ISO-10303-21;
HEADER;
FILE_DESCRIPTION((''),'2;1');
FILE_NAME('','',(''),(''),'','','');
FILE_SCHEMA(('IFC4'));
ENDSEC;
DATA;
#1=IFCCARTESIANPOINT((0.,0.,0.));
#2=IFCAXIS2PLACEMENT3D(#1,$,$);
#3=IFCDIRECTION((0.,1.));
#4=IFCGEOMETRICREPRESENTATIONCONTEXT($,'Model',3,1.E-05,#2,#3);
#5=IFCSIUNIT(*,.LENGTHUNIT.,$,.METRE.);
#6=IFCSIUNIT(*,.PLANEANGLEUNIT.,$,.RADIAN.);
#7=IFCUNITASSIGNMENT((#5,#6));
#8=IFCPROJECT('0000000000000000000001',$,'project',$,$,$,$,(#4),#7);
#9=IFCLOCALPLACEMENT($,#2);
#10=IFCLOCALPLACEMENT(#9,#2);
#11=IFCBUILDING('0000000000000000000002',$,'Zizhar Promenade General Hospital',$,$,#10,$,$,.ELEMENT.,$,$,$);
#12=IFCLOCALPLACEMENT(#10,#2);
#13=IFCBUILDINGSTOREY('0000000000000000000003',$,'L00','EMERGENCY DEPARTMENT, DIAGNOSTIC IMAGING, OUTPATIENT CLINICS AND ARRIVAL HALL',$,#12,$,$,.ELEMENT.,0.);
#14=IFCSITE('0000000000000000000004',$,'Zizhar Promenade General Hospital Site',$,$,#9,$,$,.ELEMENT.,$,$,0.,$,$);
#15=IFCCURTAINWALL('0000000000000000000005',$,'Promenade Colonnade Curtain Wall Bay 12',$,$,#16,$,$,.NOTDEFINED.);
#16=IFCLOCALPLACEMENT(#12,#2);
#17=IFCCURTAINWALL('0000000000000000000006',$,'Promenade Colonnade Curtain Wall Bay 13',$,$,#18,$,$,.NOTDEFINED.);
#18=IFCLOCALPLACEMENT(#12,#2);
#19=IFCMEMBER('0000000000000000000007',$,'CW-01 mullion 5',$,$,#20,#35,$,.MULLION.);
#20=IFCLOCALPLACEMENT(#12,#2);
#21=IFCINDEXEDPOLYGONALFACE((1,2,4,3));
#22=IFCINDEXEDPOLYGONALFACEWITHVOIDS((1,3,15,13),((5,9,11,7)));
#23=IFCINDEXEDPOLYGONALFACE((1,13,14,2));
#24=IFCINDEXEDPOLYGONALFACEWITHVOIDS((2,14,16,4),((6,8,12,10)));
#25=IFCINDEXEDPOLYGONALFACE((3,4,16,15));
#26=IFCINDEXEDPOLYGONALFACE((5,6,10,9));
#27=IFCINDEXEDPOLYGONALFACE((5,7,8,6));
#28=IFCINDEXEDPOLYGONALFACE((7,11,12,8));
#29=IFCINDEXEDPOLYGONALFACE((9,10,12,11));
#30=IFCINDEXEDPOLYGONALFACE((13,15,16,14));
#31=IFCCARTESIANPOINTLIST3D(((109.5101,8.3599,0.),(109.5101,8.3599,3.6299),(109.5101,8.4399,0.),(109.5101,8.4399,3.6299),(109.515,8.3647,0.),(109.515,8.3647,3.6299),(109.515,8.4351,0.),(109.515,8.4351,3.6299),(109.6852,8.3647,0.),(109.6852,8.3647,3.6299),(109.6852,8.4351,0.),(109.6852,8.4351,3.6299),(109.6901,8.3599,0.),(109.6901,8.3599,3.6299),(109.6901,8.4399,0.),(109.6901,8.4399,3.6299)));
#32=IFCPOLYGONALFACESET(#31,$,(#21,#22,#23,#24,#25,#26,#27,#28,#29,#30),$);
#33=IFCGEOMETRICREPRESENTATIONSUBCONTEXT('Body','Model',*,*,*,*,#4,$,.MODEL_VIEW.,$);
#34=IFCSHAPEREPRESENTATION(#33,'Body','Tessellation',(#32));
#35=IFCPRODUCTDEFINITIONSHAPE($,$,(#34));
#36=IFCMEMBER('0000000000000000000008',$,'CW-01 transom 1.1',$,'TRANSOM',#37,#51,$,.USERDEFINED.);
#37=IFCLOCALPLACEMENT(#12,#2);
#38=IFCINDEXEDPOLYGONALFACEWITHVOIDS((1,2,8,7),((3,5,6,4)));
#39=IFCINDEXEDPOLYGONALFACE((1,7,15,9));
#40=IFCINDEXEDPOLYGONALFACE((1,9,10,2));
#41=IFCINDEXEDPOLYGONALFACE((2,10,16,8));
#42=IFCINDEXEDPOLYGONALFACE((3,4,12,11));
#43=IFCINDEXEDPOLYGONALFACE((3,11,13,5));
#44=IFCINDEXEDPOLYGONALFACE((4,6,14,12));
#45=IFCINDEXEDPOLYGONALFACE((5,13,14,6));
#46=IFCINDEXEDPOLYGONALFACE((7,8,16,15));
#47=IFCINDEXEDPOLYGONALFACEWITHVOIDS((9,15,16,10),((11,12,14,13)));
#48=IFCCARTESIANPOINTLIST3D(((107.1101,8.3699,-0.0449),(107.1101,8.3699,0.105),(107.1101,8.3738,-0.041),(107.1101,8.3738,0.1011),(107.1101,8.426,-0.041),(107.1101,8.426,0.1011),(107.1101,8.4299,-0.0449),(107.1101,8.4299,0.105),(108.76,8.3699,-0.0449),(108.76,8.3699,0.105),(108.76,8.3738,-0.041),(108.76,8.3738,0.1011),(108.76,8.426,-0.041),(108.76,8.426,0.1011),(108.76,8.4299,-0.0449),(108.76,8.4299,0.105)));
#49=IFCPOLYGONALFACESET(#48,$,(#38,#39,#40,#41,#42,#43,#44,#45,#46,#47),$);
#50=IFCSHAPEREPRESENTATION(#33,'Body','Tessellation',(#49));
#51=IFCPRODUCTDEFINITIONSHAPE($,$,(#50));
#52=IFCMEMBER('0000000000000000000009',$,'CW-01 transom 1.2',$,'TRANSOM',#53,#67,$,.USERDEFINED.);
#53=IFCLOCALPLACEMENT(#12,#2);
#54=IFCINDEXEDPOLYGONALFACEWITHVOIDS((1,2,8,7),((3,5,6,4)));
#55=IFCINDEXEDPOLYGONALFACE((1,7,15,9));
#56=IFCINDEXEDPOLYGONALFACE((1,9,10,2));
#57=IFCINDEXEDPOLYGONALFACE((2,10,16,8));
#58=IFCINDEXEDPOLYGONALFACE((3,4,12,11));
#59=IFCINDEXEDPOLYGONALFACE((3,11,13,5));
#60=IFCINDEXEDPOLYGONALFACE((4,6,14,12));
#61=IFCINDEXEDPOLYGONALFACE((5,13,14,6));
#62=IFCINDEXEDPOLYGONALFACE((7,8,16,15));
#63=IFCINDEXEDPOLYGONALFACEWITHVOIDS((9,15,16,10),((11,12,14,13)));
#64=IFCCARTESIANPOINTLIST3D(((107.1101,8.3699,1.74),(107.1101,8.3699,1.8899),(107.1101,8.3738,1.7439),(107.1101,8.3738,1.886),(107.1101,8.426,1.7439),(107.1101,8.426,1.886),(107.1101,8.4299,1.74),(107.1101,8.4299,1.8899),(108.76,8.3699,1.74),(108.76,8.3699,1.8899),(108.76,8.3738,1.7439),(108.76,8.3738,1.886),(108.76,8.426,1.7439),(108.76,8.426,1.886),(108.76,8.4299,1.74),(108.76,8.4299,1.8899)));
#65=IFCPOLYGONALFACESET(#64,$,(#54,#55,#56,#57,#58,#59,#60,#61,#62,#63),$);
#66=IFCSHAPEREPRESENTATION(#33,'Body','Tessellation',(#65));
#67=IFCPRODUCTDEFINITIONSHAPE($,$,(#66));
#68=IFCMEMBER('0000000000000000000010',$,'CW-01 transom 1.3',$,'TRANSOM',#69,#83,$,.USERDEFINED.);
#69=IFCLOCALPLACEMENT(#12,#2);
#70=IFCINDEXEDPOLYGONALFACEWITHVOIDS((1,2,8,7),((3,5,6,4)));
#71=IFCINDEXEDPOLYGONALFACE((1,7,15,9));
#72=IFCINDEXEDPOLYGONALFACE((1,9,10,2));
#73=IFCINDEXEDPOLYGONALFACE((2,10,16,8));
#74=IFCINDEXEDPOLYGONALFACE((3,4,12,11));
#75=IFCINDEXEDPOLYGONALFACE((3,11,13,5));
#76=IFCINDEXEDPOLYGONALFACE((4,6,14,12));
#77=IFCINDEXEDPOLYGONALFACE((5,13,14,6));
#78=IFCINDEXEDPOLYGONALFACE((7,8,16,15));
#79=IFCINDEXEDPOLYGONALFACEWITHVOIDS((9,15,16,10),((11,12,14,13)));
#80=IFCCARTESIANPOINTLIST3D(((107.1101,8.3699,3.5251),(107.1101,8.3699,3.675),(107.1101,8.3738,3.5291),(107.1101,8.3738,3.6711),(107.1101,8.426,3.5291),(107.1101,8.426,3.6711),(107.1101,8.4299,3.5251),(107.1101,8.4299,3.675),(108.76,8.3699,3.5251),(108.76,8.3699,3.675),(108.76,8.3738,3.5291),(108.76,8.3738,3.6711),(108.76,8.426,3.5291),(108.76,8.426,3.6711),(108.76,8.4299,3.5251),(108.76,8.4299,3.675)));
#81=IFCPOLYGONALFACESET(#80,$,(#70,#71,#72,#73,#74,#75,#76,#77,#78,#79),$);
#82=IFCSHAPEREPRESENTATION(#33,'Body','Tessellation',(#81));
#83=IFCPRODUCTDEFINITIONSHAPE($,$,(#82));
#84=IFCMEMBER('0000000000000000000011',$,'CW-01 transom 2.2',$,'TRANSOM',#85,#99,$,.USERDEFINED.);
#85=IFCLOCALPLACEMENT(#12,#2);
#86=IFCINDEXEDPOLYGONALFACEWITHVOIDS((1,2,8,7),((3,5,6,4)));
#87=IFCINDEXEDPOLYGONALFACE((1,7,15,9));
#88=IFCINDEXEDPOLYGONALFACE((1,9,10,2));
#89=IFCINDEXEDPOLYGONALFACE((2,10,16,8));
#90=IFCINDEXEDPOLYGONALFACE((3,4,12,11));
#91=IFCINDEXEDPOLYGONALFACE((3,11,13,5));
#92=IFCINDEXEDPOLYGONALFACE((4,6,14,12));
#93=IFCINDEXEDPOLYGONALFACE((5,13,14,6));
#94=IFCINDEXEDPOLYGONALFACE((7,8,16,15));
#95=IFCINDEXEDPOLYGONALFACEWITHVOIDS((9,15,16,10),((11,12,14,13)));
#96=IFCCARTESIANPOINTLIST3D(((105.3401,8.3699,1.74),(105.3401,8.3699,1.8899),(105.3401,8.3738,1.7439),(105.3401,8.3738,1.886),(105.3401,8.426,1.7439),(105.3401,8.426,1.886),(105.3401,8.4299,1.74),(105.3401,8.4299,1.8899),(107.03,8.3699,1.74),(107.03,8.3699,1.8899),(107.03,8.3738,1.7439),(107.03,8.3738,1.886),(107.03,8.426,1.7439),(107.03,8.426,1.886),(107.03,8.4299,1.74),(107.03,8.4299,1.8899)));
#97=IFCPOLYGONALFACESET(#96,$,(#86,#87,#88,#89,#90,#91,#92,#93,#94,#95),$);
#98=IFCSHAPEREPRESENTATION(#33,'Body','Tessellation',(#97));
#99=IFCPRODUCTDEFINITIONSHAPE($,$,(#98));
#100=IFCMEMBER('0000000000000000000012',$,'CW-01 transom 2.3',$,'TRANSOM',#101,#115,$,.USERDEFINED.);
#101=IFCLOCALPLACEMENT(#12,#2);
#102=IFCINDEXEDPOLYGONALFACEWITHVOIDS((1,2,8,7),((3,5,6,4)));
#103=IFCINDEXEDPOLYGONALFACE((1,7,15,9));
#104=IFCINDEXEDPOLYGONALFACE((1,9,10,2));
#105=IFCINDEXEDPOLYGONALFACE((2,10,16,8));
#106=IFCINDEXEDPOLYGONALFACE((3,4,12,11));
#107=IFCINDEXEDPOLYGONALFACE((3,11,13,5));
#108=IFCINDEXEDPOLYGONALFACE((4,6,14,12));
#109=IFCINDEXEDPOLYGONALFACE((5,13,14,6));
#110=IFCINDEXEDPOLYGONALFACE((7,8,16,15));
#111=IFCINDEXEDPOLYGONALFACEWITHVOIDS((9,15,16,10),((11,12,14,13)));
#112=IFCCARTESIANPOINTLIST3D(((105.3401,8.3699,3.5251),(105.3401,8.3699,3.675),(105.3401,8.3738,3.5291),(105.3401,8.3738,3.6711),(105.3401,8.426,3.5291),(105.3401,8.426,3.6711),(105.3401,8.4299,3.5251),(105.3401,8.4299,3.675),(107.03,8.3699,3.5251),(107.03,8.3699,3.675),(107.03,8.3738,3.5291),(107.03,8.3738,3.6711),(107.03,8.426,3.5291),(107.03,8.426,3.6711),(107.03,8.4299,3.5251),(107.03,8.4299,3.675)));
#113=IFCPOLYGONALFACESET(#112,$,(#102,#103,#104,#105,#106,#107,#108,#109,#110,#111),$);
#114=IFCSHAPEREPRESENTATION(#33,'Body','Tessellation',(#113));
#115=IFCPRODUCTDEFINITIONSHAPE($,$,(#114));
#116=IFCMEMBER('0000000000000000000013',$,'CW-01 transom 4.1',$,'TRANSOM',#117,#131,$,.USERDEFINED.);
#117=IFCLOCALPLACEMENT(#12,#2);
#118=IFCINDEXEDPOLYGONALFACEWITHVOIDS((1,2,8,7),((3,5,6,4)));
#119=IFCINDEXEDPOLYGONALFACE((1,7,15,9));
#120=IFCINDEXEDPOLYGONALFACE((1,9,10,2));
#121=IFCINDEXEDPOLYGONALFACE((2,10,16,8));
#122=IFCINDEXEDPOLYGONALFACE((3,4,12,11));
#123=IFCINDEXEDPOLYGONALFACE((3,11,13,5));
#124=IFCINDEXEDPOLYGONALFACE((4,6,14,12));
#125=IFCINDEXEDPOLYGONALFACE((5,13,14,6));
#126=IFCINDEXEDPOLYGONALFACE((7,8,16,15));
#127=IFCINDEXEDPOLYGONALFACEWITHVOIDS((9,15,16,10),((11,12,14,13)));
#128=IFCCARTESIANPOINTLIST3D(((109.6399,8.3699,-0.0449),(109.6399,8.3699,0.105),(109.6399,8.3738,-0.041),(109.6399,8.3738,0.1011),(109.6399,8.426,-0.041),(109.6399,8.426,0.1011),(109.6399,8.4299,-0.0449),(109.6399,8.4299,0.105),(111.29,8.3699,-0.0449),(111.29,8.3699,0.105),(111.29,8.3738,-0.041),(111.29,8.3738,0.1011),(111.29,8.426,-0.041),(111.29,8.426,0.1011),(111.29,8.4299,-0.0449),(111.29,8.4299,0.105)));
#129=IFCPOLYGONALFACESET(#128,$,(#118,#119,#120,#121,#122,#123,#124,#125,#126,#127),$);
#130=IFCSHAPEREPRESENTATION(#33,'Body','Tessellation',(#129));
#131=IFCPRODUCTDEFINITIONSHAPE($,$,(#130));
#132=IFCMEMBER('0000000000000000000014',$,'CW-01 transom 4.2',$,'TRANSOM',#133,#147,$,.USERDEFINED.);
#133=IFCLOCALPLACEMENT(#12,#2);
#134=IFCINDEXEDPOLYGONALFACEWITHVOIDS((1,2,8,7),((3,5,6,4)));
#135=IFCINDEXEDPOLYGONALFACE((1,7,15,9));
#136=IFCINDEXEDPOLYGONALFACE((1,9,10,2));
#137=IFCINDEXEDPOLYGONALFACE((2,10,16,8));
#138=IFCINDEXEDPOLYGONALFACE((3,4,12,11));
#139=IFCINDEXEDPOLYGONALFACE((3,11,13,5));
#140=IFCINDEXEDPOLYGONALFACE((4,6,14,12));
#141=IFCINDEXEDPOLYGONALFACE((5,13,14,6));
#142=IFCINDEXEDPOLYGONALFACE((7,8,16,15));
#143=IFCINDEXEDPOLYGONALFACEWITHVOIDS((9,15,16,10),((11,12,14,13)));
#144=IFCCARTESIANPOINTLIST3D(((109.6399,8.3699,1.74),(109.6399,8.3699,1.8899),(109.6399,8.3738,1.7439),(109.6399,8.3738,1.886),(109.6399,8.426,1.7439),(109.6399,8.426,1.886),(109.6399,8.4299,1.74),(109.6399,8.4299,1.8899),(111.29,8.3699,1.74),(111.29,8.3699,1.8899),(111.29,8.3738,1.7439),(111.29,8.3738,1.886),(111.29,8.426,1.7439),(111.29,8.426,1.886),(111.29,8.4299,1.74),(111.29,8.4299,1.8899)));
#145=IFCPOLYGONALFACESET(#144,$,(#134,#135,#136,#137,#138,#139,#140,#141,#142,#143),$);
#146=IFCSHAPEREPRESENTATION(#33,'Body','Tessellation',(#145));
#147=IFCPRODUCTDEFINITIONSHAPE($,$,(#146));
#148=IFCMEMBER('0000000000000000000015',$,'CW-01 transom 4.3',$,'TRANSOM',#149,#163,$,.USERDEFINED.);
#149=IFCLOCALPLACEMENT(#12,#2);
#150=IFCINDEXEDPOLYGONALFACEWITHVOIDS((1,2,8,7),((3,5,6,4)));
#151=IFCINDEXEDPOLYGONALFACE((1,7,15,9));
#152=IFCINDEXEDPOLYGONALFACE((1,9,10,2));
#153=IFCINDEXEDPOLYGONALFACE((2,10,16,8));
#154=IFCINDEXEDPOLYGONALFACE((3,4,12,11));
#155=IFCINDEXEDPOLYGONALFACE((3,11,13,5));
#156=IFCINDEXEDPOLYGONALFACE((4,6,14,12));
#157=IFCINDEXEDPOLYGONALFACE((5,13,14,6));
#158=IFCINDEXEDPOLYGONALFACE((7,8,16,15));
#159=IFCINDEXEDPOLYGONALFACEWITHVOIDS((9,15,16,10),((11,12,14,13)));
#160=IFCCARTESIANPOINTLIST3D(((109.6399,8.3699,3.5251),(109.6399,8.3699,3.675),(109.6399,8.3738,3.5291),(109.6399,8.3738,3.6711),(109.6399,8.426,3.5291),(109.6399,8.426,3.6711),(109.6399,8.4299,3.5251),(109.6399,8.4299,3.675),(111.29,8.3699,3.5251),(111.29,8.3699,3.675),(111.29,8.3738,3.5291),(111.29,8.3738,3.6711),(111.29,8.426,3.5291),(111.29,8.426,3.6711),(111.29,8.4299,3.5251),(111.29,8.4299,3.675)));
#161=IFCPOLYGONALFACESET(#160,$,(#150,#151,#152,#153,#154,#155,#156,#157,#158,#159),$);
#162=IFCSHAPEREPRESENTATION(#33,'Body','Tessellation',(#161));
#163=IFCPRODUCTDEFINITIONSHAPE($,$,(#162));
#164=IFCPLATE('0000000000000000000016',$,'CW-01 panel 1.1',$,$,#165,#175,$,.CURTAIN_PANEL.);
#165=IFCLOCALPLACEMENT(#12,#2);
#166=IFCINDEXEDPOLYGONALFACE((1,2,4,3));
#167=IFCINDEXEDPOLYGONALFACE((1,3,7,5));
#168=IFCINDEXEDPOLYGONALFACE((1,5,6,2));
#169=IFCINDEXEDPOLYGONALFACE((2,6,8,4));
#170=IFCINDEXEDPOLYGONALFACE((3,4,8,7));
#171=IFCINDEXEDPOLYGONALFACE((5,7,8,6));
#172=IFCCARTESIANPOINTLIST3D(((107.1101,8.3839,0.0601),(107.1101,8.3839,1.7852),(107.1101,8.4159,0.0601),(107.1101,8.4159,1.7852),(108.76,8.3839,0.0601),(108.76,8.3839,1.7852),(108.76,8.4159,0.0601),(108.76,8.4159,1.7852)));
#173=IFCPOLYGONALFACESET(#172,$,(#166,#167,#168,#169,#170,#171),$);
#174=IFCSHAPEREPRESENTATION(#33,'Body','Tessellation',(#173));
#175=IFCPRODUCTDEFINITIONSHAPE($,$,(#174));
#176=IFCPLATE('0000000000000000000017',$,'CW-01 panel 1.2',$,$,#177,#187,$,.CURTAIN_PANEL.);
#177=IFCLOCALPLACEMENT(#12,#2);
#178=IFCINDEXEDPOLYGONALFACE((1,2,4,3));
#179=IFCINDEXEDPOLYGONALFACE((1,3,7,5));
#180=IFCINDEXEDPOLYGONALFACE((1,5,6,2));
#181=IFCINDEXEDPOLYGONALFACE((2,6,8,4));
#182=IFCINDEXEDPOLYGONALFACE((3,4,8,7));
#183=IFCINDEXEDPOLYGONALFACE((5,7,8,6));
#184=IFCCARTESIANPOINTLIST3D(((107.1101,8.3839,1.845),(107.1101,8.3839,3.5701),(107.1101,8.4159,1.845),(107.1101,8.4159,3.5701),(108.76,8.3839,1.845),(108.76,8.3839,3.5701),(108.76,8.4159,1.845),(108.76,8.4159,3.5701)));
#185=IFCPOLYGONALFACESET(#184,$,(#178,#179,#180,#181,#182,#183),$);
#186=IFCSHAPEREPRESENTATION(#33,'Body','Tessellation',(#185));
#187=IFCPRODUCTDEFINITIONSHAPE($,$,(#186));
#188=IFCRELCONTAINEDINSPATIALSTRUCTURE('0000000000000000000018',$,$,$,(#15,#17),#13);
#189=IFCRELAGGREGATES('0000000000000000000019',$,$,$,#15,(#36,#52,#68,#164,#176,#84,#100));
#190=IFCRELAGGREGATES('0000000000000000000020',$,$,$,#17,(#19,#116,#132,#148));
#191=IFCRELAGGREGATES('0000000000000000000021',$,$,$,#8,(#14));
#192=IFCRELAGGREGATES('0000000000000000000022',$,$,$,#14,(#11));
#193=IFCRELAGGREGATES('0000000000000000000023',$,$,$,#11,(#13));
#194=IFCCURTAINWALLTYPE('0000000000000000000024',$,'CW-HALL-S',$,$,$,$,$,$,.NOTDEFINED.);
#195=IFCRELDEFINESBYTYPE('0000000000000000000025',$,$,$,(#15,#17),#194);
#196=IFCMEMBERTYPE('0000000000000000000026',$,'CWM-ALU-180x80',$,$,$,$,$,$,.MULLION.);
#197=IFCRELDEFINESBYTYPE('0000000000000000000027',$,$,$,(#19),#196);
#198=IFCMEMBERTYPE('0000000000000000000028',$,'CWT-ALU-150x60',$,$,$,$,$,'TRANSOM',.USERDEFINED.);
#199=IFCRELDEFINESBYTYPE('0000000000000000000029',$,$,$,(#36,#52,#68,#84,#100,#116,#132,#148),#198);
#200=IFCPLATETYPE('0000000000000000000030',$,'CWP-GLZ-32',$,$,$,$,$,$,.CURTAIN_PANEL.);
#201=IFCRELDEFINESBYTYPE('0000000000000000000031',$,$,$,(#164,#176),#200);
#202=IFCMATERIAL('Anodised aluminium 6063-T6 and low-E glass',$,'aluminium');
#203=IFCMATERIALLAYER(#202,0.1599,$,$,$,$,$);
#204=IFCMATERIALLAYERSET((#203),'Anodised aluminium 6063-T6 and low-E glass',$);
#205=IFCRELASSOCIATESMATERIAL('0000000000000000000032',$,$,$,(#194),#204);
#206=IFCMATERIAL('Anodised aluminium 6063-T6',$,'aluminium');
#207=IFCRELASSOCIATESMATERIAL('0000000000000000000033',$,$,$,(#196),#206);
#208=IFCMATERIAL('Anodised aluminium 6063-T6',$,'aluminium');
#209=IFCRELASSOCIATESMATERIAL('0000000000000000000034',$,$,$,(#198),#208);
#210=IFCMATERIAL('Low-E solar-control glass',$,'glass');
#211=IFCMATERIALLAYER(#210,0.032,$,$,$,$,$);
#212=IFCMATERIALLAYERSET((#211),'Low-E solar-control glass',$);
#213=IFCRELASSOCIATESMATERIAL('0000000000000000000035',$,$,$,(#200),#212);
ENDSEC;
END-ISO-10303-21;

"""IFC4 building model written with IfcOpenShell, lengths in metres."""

from ifc_helpers import new_model, si_unit, direction, frame, origin, origin_2d, place, context, subcontext, project, spatial, rectangle, hollow_rectangle, extrude, material, layer, layer_set, material_profile, profile_set, type_object, element, aggregate, save


model = new_model("IFC4")

# Units and contexts
model_context = context("Model", 3, precision=1e-05, world=origin(), true_north=direction((0.0, 1.0)))
body_context = subcontext(model_context, "Body", "Model", "MODEL_VIEW")
ifc_project = project(units=[si_unit("LENGTHUNIT", "METRE"), si_unit("PLANEANGLEUNIT", "RADIAN")], contexts=[model_context])

# Site, building, storey
site_placement = place(None, origin())
site = spatial("IfcSite", under=ifc_project, at=site_placement, Name="Zizhar Promenade General Hospital Site", CompositionType="ELEMENT", RefElevation=0.0)
building_placement = place(site_placement, origin())
building = spatial("IfcBuilding", under=site, at=building_placement, Name="Zizhar Promenade General Hospital", CompositionType="ELEMENT")
storey_placement = place(building_placement, origin())
storey = spatial("IfcBuildingStorey", under=building, at=storey_placement, Name="L00", Description="EMERGENCY DEPARTMENT, DIAGNOSTIC IMAGING, OUTPATIENT CLINICS AND ARRIVAL HALL", CompositionType="ELEMENT", Elevation=0.0)

# Curtain walls, member
ifc_material_1 = material(Name="Anodised aluminium 6063-T6 and low-E glass", Category="aluminium")
ifc_layer_1 = layer(ifc_material_1, 0.1599)
ifc_layer_set_1 = layer_set([ifc_layer_1], Name="Anodised aluminium 6063-T6 and low-E glass")
curtain_wall_type = type_object("IfcCurtainWallType", Name="CW-HALL-S", PredefinedType="NOTDEFINED", material=ifc_layer_set_1)
curtain_wall_1_placement = place(storey_placement, origin())
curtain_wall_1 = element("IfcCurtainWall", 1, at=curtain_wall_1_placement, inside=storey, type_object=curtain_wall_type, Name="Promenade Colonnade Curtain Wall Bay 12", PredefinedType="NOTDEFINED")
ifc_material_2 = material(Name="Anodised aluminium 6063-T6", Category="aluminium")
ifc_material_profile_1 = material_profile(ifc_material_2, hollow_rectangle(XDim=0.0801, YDim=0.1799, WallThickness=0.0049, at=origin_2d()))
ifc_profile_set_1 = profile_set([ifc_material_profile_1], Name="Anodised aluminium 6063-T6")
member_type_1 = type_object("IfcMemberType", Name="CWM-ALU-180x80", PredefinedType="MULLION", material=ifc_profile_set_1)
curtain_wall_2_placement = place(storey_placement, origin())
curtain_wall_2 = element("IfcCurtainWall", 2, at=curtain_wall_2_placement, inside=storey, type_object=curtain_wall_type, Name="Promenade Colonnade Curtain Wall Bay 13", PredefinedType="NOTDEFINED")
member_1_placement = place(storey_placement, frame((109.6001, 8.3999, 0.0), z_axis=(0.0, 0.0, 1.0), x_axis=(0.0, -1.0, 0.0)))
member_1 = element("IfcMember", 3, at=member_1_placement, type_object=member_type_1, Name="CW-01 mullion 5", PredefinedType="MULLION", context=body_context, shape_type="SweptSolid", body=[
    extrude(hollow_rectangle(XDim=0.0801, YDim=0.1799, WallThickness=0.0049, at=origin_2d()), origin(), (0.0, 0.0, 1.0), 3.6299),
])

# Members
ifc_material_3 = material(Name="Anodised aluminium 6063-T6", Category="aluminium")
ifc_material_profile_2 = material_profile(ifc_material_3, hollow_rectangle(XDim=0.0601, YDim=0.1499, WallThickness=0.0039, at=origin_2d()))
ifc_profile_set_2 = profile_set([ifc_material_profile_2], Name="Anodised aluminium 6063-T6")
member_type_2 = type_object("IfcMemberType", Name="CWT-ALU-150x60", ElementType="TRANSOM", PredefinedType="USERDEFINED", material=ifc_profile_set_2)
member_2_placement = place(storey_placement, frame((108.76, 8.3999, 0.03), z_axis=(-1.0, 0.0, 0.0), x_axis=(0.0, -1.0, 0.0)))
member_2 = element("IfcMember", 4, at=member_2_placement, type_object=member_type_2, Name="CW-01 transom 1.1", ObjectType="TRANSOM", PredefinedType="USERDEFINED", context=body_context, shape_type="SweptSolid", body=[
    extrude(hollow_rectangle(XDim=0.0601, YDim=0.1499, WallThickness=0.0039, at=origin_2d()), origin(), (0.0, 0.0, 1.0), 1.6499),
])
member_3_placement = place(storey_placement, frame((108.76, 8.3999, 1.8149), z_axis=(-1.0, 0.0, 0.0), x_axis=(0.0, -1.0, 0.0)))
member_3 = element("IfcMember", 5, at=member_3_placement, type_object=member_type_2, Name="CW-01 transom 1.2", ObjectType="TRANSOM", PredefinedType="USERDEFINED", context=body_context, shape_type="SweptSolid", body=[
    extrude(hollow_rectangle(XDim=0.0601, YDim=0.1499, WallThickness=0.0039, at=origin_2d()), origin(), (0.0, 0.0, 1.0), 1.6499),
])
member_4_placement = place(storey_placement, frame((108.76, 8.3999, 3.6001), z_axis=(-1.0, 0.0, 0.0), x_axis=(0.0, -1.0, 0.0)))
member_4 = element("IfcMember", 6, at=member_4_placement, type_object=member_type_2, Name="CW-01 transom 1.3", ObjectType="TRANSOM", PredefinedType="USERDEFINED", context=body_context, shape_type="SweptSolid", body=[
    extrude(hollow_rectangle(XDim=0.0601, YDim=0.1499, WallThickness=0.0039, at=origin_2d()), origin(), (0.0, 0.0, 1.0), 1.6499),
])
member_5_placement = place(storey_placement, frame((107.03, 8.3999, 1.8149), z_axis=(-1.0, 0.0, 0.0), x_axis=(0.0, -1.0, 0.0)))
member_5 = element("IfcMember", 7, at=member_5_placement, type_object=member_type_2, Name="CW-01 transom 2.2", ObjectType="TRANSOM", PredefinedType="USERDEFINED", context=body_context, shape_type="SweptSolid", body=[
    extrude(hollow_rectangle(XDim=0.0601, YDim=0.1499, WallThickness=0.0039, at=origin_2d()), origin(), (0.0, 0.0, 1.0), 1.6899),
])
member_6_placement = place(storey_placement, frame((107.03, 8.3999, 3.6001), z_axis=(-1.0, 0.0, 0.0), x_axis=(0.0, -1.0, 0.0)))
member_6 = element("IfcMember", 8, at=member_6_placement, type_object=member_type_2, Name="CW-01 transom 2.3", ObjectType="TRANSOM", PredefinedType="USERDEFINED", context=body_context, shape_type="SweptSolid", body=[
    extrude(hollow_rectangle(XDim=0.0601, YDim=0.1499, WallThickness=0.0039, at=origin_2d()), origin(), (0.0, 0.0, 1.0), 1.6899),
])
member_7_placement = place(storey_placement, frame((111.29, 8.3999, 0.03), z_axis=(-1.0, 0.0, 0.0), x_axis=(0.0, -1.0, 0.0)))
member_7 = element("IfcMember", 9, at=member_7_placement, type_object=member_type_2, Name="CW-01 transom 4.1", ObjectType="TRANSOM", PredefinedType="USERDEFINED", context=body_context, shape_type="SweptSolid", body=[
    extrude(hollow_rectangle(XDim=0.0601, YDim=0.1499, WallThickness=0.0039, at=origin_2d()), origin(), (0.0, 0.0, 1.0), 1.6501),
])
member_8_placement = place(storey_placement, frame((111.29, 8.3999, 1.8149), z_axis=(-1.0, 0.0, 0.0), x_axis=(0.0, -1.0, 0.0)))
member_8 = element("IfcMember", 10, at=member_8_placement, type_object=member_type_2, Name="CW-01 transom 4.2", ObjectType="TRANSOM", PredefinedType="USERDEFINED", context=body_context, shape_type="SweptSolid", body=[
    extrude(hollow_rectangle(XDim=0.0601, YDim=0.1499, WallThickness=0.0039, at=origin_2d()), origin(), (0.0, 0.0, 1.0), 1.6501),
])
member_9_placement = place(storey_placement, frame((111.29, 8.3999, 3.6001), z_axis=(-1.0, 0.0, 0.0), x_axis=(0.0, -1.0, 0.0)))
member_9 = element("IfcMember", 11, at=member_9_placement, type_object=member_type_2, Name="CW-01 transom 4.3", ObjectType="TRANSOM", PredefinedType="USERDEFINED", context=body_context, shape_type="SweptSolid", body=[
    extrude(hollow_rectangle(XDim=0.0601, YDim=0.1499, WallThickness=0.0039, at=origin_2d()), origin(), (0.0, 0.0, 1.0), 1.6501),
])

# Plates
ifc_material_4 = material(Name="Low-E solar-control glass", Category="glass")
ifc_layer_2 = layer(ifc_material_4, 0.032)
ifc_layer_set_2 = layer_set([ifc_layer_2], Name="Low-E solar-control glass")
plate_type = type_object("IfcPlateType", Name="CWP-GLZ-32", PredefinedType="CURTAIN_PANEL", material=ifc_layer_set_2)
plate_1_placement = place(storey_placement, frame((107.9351, 8.3999, 0.0601), z_axis=(0.0, 0.0, 1.0), x_axis=(-1.0, 0.0, 0.0)))
plate_1 = element("IfcPlate", 12, at=plate_1_placement, type_object=plate_type, Name="CW-01 panel 1.1", PredefinedType="CURTAIN_PANEL", context=body_context, shape_type="SweptSolid", body=[
    extrude(rectangle(XDim=1.6499, YDim=0.032, at=origin_2d()), origin(), (0.0, 0.0, 1.0), 1.7251),
])
plate_2_placement = place(storey_placement, frame((107.9351, 8.3999, 1.845), z_axis=(0.0, 0.0, 1.0), x_axis=(-1.0, 0.0, 0.0)))
plate_2 = element("IfcPlate", 13, at=plate_2_placement, type_object=plate_type, Name="CW-01 panel 1.2", PredefinedType="CURTAIN_PANEL", context=body_context, shape_type="SweptSolid", body=[
    extrude(rectangle(XDim=1.6499, YDim=0.032, at=origin_2d()), origin(), (0.0, 0.0, 1.0), 1.7251),
])
aggregate(curtain_wall_1, [member_2, member_3, member_4, plate_1, plate_2, member_5, member_6])
aggregate(curtain_wall_2, [member_1, member_7, member_8, member_9])

save(model, "model.ifc")
